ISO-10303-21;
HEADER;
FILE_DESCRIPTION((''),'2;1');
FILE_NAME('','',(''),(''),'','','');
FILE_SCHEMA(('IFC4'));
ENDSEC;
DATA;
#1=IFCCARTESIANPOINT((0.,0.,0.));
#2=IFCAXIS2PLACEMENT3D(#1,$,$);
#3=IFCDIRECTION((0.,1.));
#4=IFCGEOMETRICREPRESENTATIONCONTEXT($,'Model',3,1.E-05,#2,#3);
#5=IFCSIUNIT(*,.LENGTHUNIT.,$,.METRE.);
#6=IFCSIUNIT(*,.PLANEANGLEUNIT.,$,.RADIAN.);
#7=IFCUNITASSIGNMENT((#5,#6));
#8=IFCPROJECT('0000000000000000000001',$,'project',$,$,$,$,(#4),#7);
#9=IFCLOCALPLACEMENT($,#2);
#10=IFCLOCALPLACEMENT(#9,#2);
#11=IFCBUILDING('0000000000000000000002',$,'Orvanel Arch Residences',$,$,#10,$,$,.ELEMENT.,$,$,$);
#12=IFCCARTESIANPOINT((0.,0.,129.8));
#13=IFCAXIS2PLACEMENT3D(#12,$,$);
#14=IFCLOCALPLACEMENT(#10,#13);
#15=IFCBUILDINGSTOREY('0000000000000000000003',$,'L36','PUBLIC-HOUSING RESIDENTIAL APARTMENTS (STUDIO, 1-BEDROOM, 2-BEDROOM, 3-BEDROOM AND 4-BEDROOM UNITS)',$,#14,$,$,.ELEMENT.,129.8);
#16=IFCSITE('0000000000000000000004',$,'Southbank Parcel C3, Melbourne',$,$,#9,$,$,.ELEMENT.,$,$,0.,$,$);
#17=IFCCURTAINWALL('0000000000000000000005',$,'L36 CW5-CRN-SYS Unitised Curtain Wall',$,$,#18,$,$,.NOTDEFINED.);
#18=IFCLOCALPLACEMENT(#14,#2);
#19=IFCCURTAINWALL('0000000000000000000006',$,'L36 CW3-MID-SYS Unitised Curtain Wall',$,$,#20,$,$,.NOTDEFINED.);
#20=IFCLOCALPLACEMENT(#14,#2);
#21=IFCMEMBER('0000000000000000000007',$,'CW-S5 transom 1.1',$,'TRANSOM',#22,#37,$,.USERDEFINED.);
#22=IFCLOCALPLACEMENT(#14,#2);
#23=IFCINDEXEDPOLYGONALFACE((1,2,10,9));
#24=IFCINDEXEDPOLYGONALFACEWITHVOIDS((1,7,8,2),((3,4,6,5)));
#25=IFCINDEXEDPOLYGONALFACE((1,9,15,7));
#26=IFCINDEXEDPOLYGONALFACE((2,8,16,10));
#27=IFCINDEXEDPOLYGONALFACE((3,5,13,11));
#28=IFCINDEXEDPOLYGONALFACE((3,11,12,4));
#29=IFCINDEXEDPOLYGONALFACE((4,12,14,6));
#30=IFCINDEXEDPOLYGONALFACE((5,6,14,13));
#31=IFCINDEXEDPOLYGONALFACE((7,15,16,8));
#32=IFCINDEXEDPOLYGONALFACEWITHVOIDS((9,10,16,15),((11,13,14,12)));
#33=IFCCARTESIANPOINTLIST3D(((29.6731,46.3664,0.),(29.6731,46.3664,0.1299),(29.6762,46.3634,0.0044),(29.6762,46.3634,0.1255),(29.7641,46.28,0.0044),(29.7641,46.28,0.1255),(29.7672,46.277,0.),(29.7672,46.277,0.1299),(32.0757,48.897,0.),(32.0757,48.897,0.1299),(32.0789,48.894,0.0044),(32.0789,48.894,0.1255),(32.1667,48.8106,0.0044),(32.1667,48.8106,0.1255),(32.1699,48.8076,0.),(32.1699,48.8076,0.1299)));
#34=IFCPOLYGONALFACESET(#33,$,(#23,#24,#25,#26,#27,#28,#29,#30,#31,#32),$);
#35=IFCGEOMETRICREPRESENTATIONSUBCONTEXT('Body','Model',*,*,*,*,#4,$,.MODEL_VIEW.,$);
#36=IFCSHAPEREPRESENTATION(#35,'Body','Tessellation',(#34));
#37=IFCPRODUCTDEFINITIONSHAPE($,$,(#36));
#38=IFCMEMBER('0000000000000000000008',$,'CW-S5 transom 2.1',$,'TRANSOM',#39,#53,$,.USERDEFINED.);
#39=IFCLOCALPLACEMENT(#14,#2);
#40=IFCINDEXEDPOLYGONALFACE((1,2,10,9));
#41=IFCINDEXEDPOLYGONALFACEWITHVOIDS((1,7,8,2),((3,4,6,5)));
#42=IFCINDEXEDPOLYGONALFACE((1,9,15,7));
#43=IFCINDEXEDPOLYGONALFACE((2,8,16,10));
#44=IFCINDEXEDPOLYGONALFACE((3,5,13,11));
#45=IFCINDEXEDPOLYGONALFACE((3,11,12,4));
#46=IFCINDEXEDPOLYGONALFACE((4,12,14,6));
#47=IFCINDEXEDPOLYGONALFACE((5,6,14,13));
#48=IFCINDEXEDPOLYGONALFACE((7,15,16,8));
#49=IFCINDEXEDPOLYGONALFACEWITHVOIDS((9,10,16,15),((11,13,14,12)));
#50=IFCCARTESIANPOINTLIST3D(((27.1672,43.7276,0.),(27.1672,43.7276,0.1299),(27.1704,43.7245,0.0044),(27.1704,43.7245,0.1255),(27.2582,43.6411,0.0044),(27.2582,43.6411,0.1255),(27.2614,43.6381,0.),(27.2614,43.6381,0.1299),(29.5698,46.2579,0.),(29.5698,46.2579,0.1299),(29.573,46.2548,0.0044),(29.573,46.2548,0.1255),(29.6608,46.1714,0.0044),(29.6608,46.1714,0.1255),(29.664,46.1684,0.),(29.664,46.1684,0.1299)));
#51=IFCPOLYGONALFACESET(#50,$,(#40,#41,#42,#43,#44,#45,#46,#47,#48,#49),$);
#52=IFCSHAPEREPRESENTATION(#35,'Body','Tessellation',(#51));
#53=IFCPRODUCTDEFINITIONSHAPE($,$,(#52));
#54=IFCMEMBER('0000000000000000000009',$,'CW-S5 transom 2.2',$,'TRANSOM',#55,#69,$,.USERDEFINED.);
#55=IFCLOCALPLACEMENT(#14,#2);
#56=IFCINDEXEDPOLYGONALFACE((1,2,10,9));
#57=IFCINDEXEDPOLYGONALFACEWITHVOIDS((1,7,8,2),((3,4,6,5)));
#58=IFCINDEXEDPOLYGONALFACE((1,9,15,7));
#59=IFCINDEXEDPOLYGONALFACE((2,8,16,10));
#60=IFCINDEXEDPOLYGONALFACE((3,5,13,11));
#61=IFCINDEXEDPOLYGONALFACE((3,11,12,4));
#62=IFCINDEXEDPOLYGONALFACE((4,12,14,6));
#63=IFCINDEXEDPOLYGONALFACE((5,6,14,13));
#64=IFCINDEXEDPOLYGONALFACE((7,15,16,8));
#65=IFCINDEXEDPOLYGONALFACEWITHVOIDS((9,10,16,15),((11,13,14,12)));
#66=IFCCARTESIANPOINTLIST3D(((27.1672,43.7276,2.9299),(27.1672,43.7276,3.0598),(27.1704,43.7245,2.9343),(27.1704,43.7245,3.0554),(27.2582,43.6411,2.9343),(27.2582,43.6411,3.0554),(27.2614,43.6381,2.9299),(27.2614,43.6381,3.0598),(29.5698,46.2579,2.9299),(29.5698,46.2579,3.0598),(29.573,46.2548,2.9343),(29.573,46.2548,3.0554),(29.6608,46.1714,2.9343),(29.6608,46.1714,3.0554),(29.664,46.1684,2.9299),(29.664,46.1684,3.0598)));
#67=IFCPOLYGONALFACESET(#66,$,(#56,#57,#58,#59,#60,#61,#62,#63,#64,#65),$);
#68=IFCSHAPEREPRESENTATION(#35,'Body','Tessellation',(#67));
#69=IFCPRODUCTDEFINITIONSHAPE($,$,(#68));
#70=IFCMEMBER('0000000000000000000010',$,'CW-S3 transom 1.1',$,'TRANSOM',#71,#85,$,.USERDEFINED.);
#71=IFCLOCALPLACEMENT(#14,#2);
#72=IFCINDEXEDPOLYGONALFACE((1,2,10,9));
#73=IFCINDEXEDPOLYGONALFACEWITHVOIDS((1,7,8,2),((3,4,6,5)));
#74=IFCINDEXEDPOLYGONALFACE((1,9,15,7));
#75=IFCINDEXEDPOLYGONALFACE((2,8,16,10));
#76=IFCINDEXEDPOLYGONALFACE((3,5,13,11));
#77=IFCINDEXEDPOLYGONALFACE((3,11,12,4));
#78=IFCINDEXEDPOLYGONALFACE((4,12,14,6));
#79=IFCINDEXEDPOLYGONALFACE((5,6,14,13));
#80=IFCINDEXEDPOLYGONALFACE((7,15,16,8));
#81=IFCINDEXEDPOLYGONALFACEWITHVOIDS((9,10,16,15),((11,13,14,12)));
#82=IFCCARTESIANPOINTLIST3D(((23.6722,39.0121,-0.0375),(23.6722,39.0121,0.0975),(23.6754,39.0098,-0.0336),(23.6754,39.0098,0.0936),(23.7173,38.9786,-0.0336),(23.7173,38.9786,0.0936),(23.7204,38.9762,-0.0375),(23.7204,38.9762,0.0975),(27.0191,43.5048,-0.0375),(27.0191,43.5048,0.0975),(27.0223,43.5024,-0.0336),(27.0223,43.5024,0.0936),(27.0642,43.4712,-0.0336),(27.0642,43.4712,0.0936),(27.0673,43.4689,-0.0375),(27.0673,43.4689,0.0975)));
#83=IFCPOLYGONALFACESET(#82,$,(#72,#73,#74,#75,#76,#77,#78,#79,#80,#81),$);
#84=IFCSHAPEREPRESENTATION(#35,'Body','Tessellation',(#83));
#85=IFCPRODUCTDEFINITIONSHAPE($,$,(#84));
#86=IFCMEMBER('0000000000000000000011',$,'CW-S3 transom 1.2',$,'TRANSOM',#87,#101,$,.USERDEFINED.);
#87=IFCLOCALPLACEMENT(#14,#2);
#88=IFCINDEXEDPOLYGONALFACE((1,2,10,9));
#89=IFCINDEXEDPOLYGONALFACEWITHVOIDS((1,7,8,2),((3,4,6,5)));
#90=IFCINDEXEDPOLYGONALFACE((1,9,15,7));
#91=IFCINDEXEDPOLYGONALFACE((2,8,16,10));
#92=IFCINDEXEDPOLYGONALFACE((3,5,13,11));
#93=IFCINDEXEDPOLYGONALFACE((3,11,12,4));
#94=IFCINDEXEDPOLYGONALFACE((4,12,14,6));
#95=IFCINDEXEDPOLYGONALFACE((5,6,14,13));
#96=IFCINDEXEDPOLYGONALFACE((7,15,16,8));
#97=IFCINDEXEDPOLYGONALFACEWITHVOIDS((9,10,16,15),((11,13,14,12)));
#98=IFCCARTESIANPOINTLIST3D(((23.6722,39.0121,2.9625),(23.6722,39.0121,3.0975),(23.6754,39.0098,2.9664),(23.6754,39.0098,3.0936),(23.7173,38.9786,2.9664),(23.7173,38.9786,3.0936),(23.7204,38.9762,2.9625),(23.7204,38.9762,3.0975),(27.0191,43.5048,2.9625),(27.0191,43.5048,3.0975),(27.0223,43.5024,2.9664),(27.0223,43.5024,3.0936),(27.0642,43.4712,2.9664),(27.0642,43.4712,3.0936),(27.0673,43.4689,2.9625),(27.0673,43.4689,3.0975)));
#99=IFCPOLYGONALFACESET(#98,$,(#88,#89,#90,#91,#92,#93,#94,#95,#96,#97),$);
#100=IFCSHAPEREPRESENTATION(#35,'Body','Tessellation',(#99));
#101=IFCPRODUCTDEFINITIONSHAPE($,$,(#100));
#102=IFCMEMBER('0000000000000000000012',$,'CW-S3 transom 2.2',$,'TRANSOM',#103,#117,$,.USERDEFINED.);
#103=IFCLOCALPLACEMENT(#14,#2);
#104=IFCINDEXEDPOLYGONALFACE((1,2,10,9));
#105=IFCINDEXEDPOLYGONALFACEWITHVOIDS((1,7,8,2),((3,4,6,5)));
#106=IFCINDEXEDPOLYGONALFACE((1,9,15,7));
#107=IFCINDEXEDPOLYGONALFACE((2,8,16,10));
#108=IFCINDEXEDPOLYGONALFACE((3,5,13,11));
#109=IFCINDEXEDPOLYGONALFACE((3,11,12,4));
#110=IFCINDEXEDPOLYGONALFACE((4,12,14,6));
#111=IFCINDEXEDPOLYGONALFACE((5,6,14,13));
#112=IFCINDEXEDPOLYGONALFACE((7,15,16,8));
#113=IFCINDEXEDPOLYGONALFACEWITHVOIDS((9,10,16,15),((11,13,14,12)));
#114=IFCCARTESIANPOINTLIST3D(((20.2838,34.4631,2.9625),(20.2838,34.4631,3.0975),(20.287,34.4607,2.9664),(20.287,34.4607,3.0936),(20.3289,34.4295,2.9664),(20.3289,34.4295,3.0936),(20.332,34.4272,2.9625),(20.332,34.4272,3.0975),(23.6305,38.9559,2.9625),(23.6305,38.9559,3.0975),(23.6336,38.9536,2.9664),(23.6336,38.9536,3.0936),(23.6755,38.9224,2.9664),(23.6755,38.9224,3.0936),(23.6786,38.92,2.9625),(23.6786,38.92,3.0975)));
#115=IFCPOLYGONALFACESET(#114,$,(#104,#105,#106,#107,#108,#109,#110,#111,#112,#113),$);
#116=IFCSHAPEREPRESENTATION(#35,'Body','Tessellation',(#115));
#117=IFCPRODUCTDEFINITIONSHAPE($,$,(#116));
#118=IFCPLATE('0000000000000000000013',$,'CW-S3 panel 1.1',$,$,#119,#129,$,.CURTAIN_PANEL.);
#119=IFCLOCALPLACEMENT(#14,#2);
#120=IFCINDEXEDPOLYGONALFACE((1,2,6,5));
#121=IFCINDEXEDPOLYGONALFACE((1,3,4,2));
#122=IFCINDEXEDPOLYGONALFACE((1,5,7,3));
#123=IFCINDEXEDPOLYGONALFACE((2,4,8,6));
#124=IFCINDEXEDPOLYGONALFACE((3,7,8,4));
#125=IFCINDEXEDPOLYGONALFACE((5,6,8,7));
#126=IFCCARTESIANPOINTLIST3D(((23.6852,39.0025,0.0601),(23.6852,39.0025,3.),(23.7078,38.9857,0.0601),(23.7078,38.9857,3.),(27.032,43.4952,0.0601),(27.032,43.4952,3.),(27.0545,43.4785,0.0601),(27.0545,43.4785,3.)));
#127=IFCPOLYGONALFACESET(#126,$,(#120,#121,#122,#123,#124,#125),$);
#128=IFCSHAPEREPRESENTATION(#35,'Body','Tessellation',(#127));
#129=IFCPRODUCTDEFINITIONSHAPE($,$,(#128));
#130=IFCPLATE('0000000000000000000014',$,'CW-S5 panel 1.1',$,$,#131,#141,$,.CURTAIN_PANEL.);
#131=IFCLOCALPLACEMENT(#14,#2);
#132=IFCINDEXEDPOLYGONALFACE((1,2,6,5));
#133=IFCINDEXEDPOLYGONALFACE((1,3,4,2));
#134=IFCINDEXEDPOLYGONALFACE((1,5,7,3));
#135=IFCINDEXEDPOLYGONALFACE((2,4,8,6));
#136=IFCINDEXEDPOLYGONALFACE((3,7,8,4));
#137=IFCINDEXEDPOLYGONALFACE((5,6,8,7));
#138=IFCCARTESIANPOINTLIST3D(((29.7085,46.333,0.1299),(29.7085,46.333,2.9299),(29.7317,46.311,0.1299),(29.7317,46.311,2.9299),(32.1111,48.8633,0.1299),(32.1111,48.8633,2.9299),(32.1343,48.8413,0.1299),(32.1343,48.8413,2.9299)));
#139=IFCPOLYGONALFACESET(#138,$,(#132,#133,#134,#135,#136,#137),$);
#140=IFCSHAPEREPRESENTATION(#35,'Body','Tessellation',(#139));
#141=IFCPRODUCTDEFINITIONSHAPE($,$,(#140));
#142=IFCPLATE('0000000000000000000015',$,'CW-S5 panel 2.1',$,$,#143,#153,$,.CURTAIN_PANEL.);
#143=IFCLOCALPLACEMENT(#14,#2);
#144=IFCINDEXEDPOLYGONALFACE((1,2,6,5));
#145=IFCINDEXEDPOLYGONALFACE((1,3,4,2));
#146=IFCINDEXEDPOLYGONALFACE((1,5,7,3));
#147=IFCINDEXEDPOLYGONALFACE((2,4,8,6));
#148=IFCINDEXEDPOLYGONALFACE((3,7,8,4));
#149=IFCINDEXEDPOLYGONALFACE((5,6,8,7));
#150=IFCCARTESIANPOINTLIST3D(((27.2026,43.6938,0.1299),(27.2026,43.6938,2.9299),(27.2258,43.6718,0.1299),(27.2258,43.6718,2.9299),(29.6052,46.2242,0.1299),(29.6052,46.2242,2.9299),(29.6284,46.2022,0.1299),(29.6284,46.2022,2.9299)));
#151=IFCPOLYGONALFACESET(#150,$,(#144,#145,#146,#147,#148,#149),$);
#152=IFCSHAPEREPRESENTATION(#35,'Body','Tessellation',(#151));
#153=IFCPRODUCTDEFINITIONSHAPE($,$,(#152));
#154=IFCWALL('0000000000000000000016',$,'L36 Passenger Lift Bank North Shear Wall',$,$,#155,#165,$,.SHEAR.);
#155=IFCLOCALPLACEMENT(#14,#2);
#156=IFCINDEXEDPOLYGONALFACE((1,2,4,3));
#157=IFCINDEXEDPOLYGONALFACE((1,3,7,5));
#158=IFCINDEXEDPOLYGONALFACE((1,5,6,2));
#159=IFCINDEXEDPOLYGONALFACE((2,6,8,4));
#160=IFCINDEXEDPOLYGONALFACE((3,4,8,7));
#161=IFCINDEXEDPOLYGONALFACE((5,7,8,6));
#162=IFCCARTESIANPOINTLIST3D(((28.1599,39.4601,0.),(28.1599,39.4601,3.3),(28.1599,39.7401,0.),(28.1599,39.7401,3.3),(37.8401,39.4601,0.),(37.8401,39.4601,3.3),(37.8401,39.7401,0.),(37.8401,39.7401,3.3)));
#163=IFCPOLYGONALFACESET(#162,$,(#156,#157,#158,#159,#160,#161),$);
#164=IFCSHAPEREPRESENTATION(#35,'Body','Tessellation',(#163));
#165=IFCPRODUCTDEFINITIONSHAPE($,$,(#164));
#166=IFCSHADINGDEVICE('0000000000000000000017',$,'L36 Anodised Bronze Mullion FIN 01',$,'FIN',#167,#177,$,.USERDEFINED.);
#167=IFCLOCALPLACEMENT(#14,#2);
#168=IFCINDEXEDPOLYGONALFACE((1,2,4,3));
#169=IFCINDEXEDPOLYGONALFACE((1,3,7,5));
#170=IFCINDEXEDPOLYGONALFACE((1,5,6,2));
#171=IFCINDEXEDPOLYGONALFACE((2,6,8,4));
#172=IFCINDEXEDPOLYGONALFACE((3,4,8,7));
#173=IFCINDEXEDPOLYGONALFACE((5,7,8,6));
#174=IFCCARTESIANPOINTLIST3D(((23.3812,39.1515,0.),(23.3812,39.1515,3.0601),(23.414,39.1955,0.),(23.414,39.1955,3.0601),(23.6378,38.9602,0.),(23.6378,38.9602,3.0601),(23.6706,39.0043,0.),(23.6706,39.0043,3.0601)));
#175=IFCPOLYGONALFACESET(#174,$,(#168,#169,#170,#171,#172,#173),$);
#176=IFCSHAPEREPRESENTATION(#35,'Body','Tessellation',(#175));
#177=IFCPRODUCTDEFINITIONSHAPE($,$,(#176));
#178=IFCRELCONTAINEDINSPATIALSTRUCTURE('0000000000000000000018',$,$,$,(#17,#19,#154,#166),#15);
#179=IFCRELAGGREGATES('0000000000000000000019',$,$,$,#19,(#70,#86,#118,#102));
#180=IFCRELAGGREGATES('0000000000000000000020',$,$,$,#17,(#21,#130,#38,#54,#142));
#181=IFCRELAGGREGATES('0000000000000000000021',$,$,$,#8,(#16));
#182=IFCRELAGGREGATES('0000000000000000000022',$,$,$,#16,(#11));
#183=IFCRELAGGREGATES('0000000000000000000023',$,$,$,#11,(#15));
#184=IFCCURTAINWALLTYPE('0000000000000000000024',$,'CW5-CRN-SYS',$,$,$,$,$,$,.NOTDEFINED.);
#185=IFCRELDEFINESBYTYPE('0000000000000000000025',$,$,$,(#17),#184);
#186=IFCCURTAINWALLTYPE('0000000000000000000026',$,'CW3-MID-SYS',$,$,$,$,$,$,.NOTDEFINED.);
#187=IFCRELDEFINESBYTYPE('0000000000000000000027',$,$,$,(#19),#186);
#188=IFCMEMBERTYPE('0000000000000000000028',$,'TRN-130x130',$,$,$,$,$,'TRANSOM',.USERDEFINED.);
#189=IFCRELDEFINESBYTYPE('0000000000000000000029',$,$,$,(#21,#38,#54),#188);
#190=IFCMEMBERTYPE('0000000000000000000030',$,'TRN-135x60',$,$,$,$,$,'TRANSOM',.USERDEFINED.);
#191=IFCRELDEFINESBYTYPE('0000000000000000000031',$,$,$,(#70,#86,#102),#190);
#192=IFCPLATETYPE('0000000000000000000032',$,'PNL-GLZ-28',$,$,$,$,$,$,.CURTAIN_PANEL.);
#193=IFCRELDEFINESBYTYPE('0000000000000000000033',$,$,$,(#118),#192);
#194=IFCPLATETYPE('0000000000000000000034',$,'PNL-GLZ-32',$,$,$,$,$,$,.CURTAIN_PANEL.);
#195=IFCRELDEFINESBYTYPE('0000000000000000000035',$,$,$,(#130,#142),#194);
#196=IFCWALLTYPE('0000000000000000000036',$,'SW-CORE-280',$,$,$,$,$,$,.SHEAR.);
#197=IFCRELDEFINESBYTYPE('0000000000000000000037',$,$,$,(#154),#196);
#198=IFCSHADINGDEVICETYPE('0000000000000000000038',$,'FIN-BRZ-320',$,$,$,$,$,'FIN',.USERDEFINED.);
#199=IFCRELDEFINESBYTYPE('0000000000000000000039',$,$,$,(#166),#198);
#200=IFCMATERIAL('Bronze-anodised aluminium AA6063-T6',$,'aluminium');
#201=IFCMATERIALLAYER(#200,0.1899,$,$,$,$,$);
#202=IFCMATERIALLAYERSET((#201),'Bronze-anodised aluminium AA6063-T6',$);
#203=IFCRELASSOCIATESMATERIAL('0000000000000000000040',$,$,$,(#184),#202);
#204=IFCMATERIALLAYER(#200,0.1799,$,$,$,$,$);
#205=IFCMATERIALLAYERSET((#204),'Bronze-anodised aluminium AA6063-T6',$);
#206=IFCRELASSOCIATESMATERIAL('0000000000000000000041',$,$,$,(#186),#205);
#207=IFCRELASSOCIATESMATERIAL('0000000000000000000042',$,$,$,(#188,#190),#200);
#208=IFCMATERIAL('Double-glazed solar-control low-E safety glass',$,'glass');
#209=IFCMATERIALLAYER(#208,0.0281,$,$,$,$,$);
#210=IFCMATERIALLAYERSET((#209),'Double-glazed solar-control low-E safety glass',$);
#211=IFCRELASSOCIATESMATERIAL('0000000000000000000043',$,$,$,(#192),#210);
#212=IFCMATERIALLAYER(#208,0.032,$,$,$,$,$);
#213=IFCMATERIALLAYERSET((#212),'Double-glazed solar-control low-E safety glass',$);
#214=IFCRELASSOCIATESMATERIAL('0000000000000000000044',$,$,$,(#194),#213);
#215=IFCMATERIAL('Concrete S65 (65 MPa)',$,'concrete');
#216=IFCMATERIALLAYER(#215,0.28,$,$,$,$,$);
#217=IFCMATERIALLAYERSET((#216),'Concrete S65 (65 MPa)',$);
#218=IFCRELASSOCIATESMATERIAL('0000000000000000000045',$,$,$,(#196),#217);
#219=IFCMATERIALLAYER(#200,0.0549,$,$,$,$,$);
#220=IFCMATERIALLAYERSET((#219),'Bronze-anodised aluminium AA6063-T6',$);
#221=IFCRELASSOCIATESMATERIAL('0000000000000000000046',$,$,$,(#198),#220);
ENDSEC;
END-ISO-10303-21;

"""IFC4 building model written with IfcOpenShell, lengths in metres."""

from ifc_helpers import new_model, si_unit, direction, frame, frame_2d, origin, origin_2d, place, context, subcontext, project, spatial, rectangle, hollow_rectangle, extrude, material, layer, layer_set, material_profile, profile_set, type_object, element, aggregate, save


model = new_model("IFC4")

# Units and contexts
model_context = context("Model", 3, precision=1e-05, world=origin(), true_north=direction((0.0, 1.0)))
body_context = subcontext(model_context, "Body", "Model", "MODEL_VIEW")
ifc_project = project(units=[si_unit("LENGTHUNIT", "METRE"), si_unit("PLANEANGLEUNIT", "RADIAN")], contexts=[model_context])

# Site, building, storey
site_placement = place(None, origin())
site = spatial("IfcSite", under=ifc_project, at=site_placement, Name="Southbank Parcel C3, Melbourne", CompositionType="ELEMENT", RefElevation=0.0)
building_placement = place(site_placement, origin())
building = spatial("IfcBuilding", under=site, at=building_placement, Name="Orvanel Arch Residences", CompositionType="ELEMENT")
storey_placement = place(building_placement, frame((0.0, 0.0, 129.8)))
storey = spatial("IfcBuildingStorey", under=building, at=storey_placement, Name="L36", Description="PUBLIC-HOUSING RESIDENTIAL APARTMENTS (STUDIO, 1-BEDROOM, 2-BEDROOM, 3-BEDROOM AND 4-BEDROOM UNITS)", CompositionType="ELEMENT", Elevation=129.8)

# Curtain walls
ifc_material_1 = material(Name="Bronze-anodised aluminium AA6063-T6", Category="aluminium")
ifc_layer_1 = layer(ifc_material_1, 0.1899)
ifc_layer_set_1 = layer_set([ifc_layer_1], Name="Bronze-anodised aluminium AA6063-T6")
curtain_wall_type_1 = type_object("IfcCurtainWallType", Name="CW5-CRN-SYS", PredefinedType="NOTDEFINED", material=ifc_layer_set_1)
curtain_wall_1_placement = place(storey_placement, origin())
curtain_wall_1 = element("IfcCurtainWall", 1, at=curtain_wall_1_placement, inside=storey, type_object=curtain_wall_type_1, Name="L36 CW5-CRN-SYS Unitised Curtain Wall", PredefinedType="NOTDEFINED")
ifc_layer_2 = layer(ifc_material_1, 0.1799)
ifc_layer_set_2 = layer_set([ifc_layer_2], Name="Bronze-anodised aluminium AA6063-T6")
curtain_wall_type_2 = type_object("IfcCurtainWallType", Name="CW3-MID-SYS", PredefinedType="NOTDEFINED", material=ifc_layer_set_2)
curtain_wall_2_placement = place(storey_placement, origin())
curtain_wall_2 = element("IfcCurtainWall", 2, at=curtain_wall_2_placement, inside=storey, type_object=curtain_wall_type_2, Name="L36 CW3-MID-SYS Unitised Curtain Wall", PredefinedType="NOTDEFINED")

# Members
ifc_material_profile_1 = material_profile(ifc_material_1, hollow_rectangle(XDim=0.1299, YDim=0.1299, WallThickness=0.0044, at=origin_2d()), Name="ALU130x130x4.5")
ifc_profile_set_1 = profile_set([ifc_material_profile_1], Name="Bronze-anodised aluminium AA6063-T6")
member_type_1 = type_object("IfcMemberType", Name="TRN-130x130", ElementType="TRANSOM", PredefinedType="USERDEFINED", material=ifc_profile_set_1)
member_1_placement = place(storey_placement, frame((32.1228, 48.8523, 0.0649), z_axis=(-0.688538, -0.7252, 0.0), x_axis=(0.7252, -0.688538, 0.0)))
member_1 = element("IfcMember", 3, at=member_1_placement, type_object=member_type_1, Name="CW-S5 transom 1.1", ObjectType="TRANSOM", PredefinedType="USERDEFINED", context=body_context, shape_type="SweptSolid", body=[
    extrude(hollow_rectangle(XDim=0.1299, YDim=0.1299, WallThickness=0.0044, at=origin_2d()), origin(), (0.0, 0.0, 1.0), 3.4895),
])
member_2_placement = place(storey_placement, frame((29.6169, 46.2131, 0.0649), z_axis=(-0.688573, -0.725167, 0.0), x_axis=(0.725167, -0.688573, 0.0)))
member_2 = element("IfcMember", 4, at=member_2_placement, type_object=member_type_1, Name="CW-S5 transom 2.1", ObjectType="TRANSOM", PredefinedType="USERDEFINED", context=body_context, shape_type="SweptSolid", body=[
    extrude(hollow_rectangle(XDim=0.1299, YDim=0.1299, WallThickness=0.0044, at=origin_2d()), origin(), (0.0, 0.0, 1.0), 3.4893),
])
member_3_placement = place(storey_placement, frame((29.6169, 46.2131, 2.9949), z_axis=(-0.688573, -0.725167, 0.0), x_axis=(0.725167, -0.688573, 0.0)))
member_3 = element("IfcMember", 5, at=member_3_placement, type_object=member_type_1, Name="CW-S5 transom 2.2", ObjectType="TRANSOM", PredefinedType="USERDEFINED", context=body_context, shape_type="SweptSolid", body=[
    extrude(hollow_rectangle(XDim=0.1299, YDim=0.1299, WallThickness=0.0044, at=origin_2d()), origin(), (0.0, 0.0, 1.0), 3.4893),
])
ifc_material_profile_2 = material_profile(ifc_material_1, hollow_rectangle(XDim=0.0601, YDim=0.135, WallThickness=0.0039, at=origin_2d()), Name="ALU135x60x4")
ifc_profile_set_2 = profile_set([ifc_material_profile_2], Name="Bronze-anodised aluminium AA6063-T6")
member_type_2 = type_object("IfcMemberType", Name="TRN-135x60", ElementType="TRANSOM", PredefinedType="USERDEFINED", material=ifc_profile_set_2)
member_4_placement = place(storey_placement, frame((27.0432, 43.4868, 0.03), z_axis=(-0.597417, -0.801931, 0.0), x_axis=(0.801931, -0.597417, 0.0)))
member_4 = element("IfcMember", 6, at=member_4_placement, type_object=member_type_2, Name="CW-S3 transom 1.1", ObjectType="TRANSOM", PredefinedType="USERDEFINED", context=body_context, shape_type="SweptSolid", body=[
    extrude(hollow_rectangle(XDim=0.0601, YDim=0.135, WallThickness=0.0039, at=origin_2d()), origin(), (0.0, 0.0, 1.0), 5.6023),
])
member_5_placement = place(storey_placement, frame((27.0432, 43.4868, 3.03), z_axis=(-0.597417, -0.801931, 0.0), x_axis=(0.801931, -0.597417, 0.0)))
member_5 = element("IfcMember", 7, at=member_5_placement, type_object=member_type_2, Name="CW-S3 transom 1.2", ObjectType="TRANSOM", PredefinedType="USERDEFINED", context=body_context, shape_type="SweptSolid", body=[
    extrude(hollow_rectangle(XDim=0.0601, YDim=0.135, WallThickness=0.0039, at=origin_2d()), origin(), (0.0, 0.0, 1.0), 5.6023),
])
member_6_placement = place(storey_placement, frame((23.6545, 38.938, 3.03), z_axis=(-0.597368, -0.801967, 0.0), x_axis=(0.801967, -0.597368, 0.0)))
member_6 = element("IfcMember", 8, at=member_6_placement, type_object=member_type_2, Name="CW-S3 transom 2.2", ObjectType="TRANSOM", PredefinedType="USERDEFINED", context=body_context, shape_type="SweptSolid", body=[
    extrude(hollow_rectangle(XDim=0.0601, YDim=0.135, WallThickness=0.0039, at=origin_2d()), origin(), (0.0, 0.0, 1.0), 5.6023),
])

# Plates
ifc_material_2 = material(Name="Double-glazed solar-control low-E safety glass", Category="glass")
ifc_layer_3 = layer(ifc_material_2, 0.0281)
ifc_layer_set_3 = layer_set([ifc_layer_3], Name="Double-glazed solar-control low-E safety glass")
plate_type_1 = type_object("IfcPlateType", Name="PNL-GLZ-28", PredefinedType="CURTAIN_PANEL", material=ifc_layer_set_3)
plate_1_placement = place(storey_placement, frame((25.3699, 41.2405, 0.0601), z_axis=(0.0, 0.0, 1.0), x_axis=(-0.59739, -0.801951, 0.0)))
plate_1 = element("IfcPlate", 9, at=plate_1_placement, type_object=plate_type_1, Name="CW-S3 panel 1.1", PredefinedType="CURTAIN_PANEL", context=body_context, shape_type="SweptSolid", body=[
    extrude(rectangle(XDim=5.6023, YDim=0.0281, at=origin_2d()), origin(), (0.0, 0.0, 1.0), 2.9399),
])
aggregate(curtain_wall_2, [member_4, member_5, plate_1, member_6])
ifc_layer_4 = layer(ifc_material_2, 0.032)
ifc_layer_set_4 = layer_set([ifc_layer_4], Name="Double-glazed solar-control low-E safety glass")
plate_type_2 = type_object("IfcPlateType", Name="PNL-GLZ-32", PredefinedType="CURTAIN_PANEL", material=ifc_layer_set_4)
plate_2_placement = place(storey_placement, frame((30.9214, 47.5872, 0.1299), z_axis=(0.0, 0.0, 1.0), x_axis=(-0.688562, -0.725178, 0.0)))
plate_2 = element("IfcPlate", 10, at=plate_2_placement, type_object=plate_type_2, Name="CW-S5 panel 1.1", PredefinedType="CURTAIN_PANEL", context=body_context, shape_type="SweptSolid", body=[
    extrude(rectangle(XDim=3.4893, YDim=0.032, at=origin_2d()), origin(), (0.0, 0.0, 1.0), 2.8),
])
plate_3_placement = place(storey_placement, frame((28.4155, 44.948, 0.1299), z_axis=(0.0, 0.0, 1.0), x_axis=(-0.688562, -0.725178, 0.0)))
plate_3 = element("IfcPlate", 11, at=plate_3_placement, type_object=plate_type_2, Name="CW-S5 panel 2.1", PredefinedType="CURTAIN_PANEL", context=body_context, shape_type="SweptSolid", body=[
    extrude(rectangle(XDim=3.4893, YDim=0.032, at=origin_2d()), origin(), (0.0, 0.0, 1.0), 2.8),
])
aggregate(curtain_wall_1, [member_1, plate_2, member_2, member_3, plate_3])

# Wall
ifc_material_3 = material(Name="Concrete S65 (65 MPa)", Category="concrete")
ifc_layer_5 = layer(ifc_material_3, 0.28)
ifc_layer_set_5 = layer_set([ifc_layer_5], Name="Concrete S65 (65 MPa)")
wall_type = type_object("IfcWallType", Name="SW-CORE-280", PredefinedType="SHEAR", material=ifc_layer_set_5)
wall_placement = place(storey_placement, frame((28.1599, 39.6001, 0.0), z_axis=(0.0, 0.0, 1.0), x_axis=(1.0, 0.0, 0.0)))
element("IfcWall", 12, at=wall_placement, inside=storey, type_object=wall_type, Name="L36 Passenger Lift Bank North Shear Wall", PredefinedType="SHEAR", context=body_context, shape_type="SweptSolid", body=[
    extrude(rectangle(XDim=9.6802, YDim=0.28, at=frame_2d((4.8401, 0.0))), origin(), (0.0, 0.0, 1.0), 3.3),
])

# Shading device
ifc_layer_6 = layer(ifc_material_1, 0.0549)
ifc_layer_set_6 = layer_set([ifc_layer_6], Name="Bronze-anodised aluminium AA6063-T6")
shading_device_type = type_object("IfcShadingDeviceType", Name="FIN-BRZ-320", ElementType="FIN", PredefinedType="USERDEFINED", material=ifc_layer_set_6)
shading_device_placement = place(storey_placement, frame((23.5259, 39.0779, 0.0), z_axis=(0.0, 0.0, 1.0), x_axis=(-0.801776, 0.597625, 0.0)))
element("IfcShadingDevice", 13, at=shading_device_placement, inside=storey, type_object=shading_device_type, Name="L36 Anodised Bronze Mullion FIN 01", ObjectType="FIN", PredefinedType="USERDEFINED", context=body_context, shape_type="SweptSolid", body=[
    extrude(rectangle(XDim=0.3201, YDim=0.0549, at=origin_2d()), origin(), (0.0, 0.0, 1.0), 3.0601),
])

save(model, "model.ifc")
